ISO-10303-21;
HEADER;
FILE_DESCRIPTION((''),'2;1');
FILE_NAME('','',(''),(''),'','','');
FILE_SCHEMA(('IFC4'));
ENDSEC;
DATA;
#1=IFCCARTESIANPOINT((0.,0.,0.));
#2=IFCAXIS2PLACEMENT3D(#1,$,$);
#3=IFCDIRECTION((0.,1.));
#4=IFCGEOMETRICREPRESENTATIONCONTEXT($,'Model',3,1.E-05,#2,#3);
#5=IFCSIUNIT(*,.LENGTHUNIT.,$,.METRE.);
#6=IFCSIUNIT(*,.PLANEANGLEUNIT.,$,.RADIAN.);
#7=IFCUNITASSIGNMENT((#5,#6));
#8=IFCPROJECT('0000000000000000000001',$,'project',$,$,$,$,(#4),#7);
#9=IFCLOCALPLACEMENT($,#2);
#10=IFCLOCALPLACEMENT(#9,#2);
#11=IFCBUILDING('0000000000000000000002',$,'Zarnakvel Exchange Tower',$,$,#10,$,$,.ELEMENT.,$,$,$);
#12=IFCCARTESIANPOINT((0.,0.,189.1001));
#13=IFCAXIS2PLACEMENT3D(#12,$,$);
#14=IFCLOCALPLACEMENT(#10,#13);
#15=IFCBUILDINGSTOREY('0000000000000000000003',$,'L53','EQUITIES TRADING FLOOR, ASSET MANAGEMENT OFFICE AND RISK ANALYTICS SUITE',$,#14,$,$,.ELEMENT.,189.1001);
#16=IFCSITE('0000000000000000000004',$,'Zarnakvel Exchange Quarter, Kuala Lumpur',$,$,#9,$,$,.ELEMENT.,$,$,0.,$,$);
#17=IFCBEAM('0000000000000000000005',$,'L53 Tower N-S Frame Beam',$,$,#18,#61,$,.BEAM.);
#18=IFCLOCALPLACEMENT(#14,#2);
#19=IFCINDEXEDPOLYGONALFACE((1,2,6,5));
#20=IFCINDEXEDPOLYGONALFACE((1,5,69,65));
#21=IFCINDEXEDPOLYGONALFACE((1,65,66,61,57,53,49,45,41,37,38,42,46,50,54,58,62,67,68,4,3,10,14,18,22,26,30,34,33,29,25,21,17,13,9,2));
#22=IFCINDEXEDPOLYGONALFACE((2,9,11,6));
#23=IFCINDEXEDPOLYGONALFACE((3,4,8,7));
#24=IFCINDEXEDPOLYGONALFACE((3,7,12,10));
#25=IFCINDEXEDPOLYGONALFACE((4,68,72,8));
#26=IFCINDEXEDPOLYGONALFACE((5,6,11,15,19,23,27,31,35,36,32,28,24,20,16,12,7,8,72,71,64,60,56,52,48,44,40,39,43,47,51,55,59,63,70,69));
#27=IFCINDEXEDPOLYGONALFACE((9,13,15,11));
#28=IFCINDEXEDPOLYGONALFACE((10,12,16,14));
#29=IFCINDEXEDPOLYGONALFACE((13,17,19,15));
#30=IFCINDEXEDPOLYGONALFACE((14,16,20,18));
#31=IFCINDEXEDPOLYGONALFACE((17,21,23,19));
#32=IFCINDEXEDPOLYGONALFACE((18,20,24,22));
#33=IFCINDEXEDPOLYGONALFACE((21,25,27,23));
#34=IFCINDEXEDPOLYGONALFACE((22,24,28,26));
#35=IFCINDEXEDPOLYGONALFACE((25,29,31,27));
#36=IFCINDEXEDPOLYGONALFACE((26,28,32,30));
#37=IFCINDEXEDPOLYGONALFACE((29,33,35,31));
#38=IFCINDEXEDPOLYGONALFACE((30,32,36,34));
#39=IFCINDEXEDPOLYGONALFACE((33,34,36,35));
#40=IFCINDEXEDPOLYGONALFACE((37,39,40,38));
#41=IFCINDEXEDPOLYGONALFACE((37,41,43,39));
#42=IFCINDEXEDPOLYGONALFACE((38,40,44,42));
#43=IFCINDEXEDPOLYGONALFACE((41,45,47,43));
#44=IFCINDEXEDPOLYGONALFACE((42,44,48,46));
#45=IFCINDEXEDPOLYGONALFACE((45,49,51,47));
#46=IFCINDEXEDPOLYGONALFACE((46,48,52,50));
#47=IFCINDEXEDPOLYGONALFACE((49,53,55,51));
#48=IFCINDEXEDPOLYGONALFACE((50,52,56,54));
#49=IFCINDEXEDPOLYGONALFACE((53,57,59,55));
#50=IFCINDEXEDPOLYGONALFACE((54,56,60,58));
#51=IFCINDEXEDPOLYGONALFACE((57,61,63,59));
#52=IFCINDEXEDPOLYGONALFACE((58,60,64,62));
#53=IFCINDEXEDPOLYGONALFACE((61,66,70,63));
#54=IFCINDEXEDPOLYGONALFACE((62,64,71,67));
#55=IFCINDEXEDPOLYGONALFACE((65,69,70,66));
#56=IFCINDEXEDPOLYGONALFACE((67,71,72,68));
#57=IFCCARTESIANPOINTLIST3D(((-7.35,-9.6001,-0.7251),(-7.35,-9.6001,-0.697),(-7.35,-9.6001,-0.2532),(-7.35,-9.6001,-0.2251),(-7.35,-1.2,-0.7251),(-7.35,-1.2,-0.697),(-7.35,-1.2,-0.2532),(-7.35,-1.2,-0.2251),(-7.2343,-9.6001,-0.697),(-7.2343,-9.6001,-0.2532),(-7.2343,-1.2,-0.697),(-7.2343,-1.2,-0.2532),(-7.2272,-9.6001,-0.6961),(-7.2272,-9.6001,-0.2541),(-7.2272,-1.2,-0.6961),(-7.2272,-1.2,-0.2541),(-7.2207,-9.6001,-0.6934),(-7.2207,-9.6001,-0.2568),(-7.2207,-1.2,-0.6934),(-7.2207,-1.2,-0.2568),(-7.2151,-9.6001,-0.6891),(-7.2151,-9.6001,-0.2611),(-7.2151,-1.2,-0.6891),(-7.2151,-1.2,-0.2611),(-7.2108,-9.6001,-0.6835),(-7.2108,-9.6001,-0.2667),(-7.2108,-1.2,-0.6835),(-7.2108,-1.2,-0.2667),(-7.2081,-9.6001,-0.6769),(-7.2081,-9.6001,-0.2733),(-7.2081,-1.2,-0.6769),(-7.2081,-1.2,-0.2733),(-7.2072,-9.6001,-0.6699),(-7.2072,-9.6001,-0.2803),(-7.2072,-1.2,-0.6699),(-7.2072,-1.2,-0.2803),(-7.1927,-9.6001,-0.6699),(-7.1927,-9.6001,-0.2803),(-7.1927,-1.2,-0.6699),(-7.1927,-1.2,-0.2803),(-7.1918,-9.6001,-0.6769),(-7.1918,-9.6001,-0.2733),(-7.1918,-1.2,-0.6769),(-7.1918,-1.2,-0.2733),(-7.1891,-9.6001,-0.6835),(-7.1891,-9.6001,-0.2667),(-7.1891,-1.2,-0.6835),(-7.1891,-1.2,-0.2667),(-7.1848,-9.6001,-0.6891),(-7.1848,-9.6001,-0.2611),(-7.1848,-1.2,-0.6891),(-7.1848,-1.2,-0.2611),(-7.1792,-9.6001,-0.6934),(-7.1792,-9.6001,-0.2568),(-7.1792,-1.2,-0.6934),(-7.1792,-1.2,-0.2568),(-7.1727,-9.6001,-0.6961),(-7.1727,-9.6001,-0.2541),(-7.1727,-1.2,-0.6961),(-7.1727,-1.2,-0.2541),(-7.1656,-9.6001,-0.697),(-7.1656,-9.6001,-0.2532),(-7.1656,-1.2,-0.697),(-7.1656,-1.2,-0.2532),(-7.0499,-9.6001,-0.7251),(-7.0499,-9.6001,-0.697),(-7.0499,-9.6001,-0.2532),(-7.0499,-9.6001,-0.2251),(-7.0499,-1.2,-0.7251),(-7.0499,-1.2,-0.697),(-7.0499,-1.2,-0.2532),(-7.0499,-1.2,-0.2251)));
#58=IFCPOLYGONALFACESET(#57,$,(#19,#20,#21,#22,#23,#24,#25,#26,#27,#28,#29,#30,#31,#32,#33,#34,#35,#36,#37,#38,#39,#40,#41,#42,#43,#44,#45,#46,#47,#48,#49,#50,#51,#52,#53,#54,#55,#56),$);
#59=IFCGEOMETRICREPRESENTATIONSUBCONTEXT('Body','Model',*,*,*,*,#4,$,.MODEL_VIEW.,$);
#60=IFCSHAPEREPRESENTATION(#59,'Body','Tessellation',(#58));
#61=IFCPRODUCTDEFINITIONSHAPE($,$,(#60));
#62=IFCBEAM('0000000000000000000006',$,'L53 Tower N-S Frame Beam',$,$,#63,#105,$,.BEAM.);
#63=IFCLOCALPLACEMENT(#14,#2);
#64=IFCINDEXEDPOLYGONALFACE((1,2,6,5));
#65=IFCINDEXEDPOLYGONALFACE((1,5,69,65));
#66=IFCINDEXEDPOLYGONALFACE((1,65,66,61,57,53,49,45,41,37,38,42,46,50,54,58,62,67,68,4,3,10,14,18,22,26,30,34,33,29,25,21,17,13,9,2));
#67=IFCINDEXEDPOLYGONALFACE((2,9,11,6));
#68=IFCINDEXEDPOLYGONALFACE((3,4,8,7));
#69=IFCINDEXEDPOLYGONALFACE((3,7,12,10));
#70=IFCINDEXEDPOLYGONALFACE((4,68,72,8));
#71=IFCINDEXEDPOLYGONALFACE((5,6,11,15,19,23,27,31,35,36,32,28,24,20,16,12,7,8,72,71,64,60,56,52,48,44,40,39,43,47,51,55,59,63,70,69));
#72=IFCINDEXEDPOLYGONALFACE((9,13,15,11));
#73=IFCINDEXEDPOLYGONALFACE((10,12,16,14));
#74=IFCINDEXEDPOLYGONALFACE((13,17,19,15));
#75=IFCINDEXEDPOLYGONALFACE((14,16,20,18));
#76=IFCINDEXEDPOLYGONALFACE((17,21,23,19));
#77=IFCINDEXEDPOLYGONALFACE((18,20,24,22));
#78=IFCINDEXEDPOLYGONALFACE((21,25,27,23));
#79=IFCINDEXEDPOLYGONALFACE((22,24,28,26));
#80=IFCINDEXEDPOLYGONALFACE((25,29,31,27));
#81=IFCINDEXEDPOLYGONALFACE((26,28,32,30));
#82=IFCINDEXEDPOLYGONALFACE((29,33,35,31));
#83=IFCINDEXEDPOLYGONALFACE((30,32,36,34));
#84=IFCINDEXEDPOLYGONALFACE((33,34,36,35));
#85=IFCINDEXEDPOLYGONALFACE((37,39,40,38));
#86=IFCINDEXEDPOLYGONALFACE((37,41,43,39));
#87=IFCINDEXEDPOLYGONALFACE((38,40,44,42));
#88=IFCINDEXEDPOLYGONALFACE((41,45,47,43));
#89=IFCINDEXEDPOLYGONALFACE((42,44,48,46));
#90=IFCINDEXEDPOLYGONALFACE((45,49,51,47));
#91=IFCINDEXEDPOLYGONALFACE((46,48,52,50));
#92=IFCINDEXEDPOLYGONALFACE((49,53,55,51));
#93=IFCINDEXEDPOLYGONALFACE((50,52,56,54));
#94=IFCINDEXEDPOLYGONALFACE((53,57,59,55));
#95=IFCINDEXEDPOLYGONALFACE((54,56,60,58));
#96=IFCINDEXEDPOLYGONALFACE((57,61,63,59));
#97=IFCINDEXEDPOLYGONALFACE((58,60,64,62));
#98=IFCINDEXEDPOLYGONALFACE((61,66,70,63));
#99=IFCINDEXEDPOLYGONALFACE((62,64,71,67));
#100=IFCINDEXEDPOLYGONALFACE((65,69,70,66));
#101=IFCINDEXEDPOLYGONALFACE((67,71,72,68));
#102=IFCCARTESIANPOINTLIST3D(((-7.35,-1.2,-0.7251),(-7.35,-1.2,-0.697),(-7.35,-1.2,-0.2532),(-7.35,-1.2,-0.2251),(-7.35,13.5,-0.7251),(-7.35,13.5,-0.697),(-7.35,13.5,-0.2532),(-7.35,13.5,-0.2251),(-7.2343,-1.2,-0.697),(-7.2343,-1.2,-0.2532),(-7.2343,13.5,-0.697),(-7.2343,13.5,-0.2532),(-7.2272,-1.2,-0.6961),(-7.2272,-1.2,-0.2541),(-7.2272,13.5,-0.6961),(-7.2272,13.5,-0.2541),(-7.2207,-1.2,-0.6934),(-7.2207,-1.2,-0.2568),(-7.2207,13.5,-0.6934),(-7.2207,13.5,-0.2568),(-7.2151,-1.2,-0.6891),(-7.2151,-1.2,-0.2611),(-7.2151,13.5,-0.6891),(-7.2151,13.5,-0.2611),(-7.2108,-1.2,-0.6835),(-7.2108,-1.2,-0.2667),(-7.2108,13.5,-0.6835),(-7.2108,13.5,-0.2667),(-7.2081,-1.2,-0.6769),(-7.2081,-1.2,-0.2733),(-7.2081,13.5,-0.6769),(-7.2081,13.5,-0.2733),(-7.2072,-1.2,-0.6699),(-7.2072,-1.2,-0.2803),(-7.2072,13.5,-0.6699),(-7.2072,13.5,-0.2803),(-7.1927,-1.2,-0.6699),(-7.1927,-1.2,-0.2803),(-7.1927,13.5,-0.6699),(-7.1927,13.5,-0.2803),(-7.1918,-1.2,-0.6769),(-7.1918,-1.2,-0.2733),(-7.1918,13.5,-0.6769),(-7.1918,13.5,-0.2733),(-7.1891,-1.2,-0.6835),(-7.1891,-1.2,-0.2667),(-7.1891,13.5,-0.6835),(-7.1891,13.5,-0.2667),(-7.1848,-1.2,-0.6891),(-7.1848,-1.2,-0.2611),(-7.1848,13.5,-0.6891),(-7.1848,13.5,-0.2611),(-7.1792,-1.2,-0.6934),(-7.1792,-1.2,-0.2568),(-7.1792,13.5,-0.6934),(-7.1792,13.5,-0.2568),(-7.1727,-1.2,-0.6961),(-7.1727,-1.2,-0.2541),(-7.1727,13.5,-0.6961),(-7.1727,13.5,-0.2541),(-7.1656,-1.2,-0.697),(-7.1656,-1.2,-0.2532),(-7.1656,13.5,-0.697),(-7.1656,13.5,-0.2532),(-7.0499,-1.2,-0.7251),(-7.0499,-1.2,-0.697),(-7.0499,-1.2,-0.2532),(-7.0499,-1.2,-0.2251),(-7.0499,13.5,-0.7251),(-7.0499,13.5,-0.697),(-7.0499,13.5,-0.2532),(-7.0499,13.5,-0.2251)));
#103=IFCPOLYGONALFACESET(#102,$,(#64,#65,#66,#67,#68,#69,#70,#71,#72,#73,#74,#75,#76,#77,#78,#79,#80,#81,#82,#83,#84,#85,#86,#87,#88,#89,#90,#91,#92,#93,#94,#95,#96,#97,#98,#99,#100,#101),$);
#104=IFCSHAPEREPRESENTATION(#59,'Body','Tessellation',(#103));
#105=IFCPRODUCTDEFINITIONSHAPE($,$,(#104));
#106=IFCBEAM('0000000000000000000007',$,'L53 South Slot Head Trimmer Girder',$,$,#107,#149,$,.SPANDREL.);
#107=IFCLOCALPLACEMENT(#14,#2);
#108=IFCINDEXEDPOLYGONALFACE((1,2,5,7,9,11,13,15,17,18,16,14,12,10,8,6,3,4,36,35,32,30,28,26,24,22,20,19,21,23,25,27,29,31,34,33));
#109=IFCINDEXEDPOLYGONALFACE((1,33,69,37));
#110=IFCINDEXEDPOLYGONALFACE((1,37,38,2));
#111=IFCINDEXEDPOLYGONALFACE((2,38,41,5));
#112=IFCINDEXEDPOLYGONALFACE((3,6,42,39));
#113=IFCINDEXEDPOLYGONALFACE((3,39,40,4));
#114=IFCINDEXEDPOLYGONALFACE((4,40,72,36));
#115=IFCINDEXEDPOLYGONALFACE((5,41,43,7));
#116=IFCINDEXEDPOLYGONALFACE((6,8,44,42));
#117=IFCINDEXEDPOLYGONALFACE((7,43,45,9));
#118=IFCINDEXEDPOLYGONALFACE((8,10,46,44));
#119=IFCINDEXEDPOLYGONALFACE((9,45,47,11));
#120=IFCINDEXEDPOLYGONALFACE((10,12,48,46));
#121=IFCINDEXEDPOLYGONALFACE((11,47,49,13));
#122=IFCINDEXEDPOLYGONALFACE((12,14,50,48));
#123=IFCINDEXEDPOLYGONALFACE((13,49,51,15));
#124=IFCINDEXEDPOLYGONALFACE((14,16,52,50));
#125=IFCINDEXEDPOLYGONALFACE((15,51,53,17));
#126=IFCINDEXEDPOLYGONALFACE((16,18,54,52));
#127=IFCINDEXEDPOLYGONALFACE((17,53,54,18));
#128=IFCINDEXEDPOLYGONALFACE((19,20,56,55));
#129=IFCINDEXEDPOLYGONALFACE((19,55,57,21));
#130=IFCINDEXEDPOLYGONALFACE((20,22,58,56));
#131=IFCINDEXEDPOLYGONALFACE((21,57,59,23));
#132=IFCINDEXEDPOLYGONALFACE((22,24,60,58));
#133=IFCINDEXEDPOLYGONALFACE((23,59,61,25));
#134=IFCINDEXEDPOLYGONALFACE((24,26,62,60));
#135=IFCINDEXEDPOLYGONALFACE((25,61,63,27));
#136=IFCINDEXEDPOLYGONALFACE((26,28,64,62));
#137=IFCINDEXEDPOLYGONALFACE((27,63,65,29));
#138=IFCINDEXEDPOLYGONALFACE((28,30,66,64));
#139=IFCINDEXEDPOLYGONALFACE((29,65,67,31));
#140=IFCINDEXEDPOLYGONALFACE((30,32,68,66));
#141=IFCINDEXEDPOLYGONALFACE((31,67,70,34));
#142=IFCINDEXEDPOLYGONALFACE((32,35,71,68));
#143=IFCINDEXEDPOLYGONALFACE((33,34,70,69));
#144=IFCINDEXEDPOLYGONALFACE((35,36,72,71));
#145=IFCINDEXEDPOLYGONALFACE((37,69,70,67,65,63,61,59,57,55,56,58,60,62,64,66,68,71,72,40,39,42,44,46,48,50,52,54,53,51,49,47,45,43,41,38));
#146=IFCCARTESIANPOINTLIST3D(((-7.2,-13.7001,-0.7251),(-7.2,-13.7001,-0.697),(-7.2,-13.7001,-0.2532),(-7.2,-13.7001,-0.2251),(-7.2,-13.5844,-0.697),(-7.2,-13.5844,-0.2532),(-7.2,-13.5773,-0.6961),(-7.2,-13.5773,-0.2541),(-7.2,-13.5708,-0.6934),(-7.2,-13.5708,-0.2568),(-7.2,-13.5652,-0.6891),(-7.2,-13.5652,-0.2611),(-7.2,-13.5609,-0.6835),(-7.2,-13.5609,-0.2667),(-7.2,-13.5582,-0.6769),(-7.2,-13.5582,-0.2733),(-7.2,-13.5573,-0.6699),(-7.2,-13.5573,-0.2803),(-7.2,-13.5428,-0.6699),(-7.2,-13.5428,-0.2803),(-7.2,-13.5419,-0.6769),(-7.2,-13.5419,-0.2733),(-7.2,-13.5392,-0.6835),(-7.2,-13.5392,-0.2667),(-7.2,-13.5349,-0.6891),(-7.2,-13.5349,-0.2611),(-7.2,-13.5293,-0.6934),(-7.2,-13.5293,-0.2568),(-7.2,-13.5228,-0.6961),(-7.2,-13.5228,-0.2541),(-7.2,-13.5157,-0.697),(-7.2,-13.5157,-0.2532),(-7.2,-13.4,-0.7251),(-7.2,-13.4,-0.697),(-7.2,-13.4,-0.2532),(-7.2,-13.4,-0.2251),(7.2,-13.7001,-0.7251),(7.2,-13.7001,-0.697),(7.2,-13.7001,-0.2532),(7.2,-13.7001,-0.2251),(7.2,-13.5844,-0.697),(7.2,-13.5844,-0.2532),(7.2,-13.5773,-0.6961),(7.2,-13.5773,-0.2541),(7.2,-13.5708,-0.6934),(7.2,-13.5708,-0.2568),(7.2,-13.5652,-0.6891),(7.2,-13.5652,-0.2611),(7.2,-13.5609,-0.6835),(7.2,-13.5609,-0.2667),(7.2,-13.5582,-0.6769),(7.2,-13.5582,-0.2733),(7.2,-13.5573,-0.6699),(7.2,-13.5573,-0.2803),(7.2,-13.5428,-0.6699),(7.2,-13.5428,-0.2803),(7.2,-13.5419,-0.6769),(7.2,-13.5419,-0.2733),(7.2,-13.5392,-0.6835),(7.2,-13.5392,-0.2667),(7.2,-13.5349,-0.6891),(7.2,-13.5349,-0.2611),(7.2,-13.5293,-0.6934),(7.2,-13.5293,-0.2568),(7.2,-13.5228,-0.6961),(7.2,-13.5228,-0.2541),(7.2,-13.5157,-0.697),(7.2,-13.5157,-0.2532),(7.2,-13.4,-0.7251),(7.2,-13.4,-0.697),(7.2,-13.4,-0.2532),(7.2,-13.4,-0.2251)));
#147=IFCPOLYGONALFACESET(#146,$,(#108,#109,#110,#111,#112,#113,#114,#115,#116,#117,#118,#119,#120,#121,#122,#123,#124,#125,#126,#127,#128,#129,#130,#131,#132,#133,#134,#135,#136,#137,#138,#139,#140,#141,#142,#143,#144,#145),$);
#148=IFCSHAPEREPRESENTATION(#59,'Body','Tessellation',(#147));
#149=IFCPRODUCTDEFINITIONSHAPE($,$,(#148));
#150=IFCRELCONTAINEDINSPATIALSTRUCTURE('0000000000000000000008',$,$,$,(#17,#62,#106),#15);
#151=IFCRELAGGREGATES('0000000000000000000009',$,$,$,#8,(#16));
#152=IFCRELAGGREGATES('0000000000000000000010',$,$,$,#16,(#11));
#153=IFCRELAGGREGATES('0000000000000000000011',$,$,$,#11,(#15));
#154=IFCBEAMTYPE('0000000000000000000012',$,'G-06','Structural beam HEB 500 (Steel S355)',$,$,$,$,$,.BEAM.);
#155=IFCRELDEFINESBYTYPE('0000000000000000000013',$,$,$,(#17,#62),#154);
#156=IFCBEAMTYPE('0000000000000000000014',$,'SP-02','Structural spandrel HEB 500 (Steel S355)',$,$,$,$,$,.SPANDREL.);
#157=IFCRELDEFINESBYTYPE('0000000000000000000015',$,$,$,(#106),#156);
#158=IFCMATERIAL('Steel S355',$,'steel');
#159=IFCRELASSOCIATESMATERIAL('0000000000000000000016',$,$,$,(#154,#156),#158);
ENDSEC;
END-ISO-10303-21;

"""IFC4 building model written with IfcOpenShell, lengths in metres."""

from ifc_helpers import new_model, si_unit, direction, frame, origin, origin_2d, place, context, subcontext, project, spatial, i_section, extrude, material, material_profile, profile_set, type_object, element, save


model = new_model("IFC4")

# Units and contexts
model_context = context("Model", 3, precision=1e-05, world=origin(), true_north=direction((0.0, 1.0)))
body_context = subcontext(model_context, "Body", "Model", "MODEL_VIEW")
ifc_project = project(units=[si_unit("LENGTHUNIT", "METRE"), si_unit("PLANEANGLEUNIT", "RADIAN")], contexts=[model_context])

# Site, building, storey
site_placement = place(None, origin())
site = spatial("IfcSite", under=ifc_project, at=site_placement, Name="Zarnakvel Exchange Quarter, Kuala Lumpur", CompositionType="ELEMENT", RefElevation=0.0)
building_placement = place(site_placement, origin())
building = spatial("IfcBuilding", under=site, at=building_placement, Name="Zarnakvel Exchange Tower", CompositionType="ELEMENT")
storey_placement = place(building_placement, frame((0.0, 0.0, 189.1001)))
storey = spatial("IfcBuildingStorey", under=building, at=storey_placement, Name="L53", Description="EQUITIES TRADING FLOOR, ASSET MANAGEMENT OFFICE AND RISK ANALYTICS SUITE", CompositionType="ELEMENT", Elevation=189.1001)

# Beams
ifc_material_1 = material(Name="Steel S355", Category="steel")
ifc_material_profile_1 = material_profile(ifc_material_1, i_section(OverallWidth=0.3, OverallDepth=0.5, WebThickness=0.0144, FlangeThickness=0.0281, FilletRadius=0.0271, at=origin_2d()))
ifc_profile_set_1 = profile_set([ifc_material_profile_1], Name="Steel S355")
beam_type_1 = type_object("IfcBeamType", Name="G-06", Description="Structural beam HEB 500 (Steel S355)", PredefinedType="BEAM", material=ifc_profile_set_1)
beam_1_placement = place(storey_placement, frame((-7.2, -9.6001, -0.4751), z_axis=(0.0, 1.0, 0.0), x_axis=(-1.0, 0.0, 0.0)))
element("IfcBeam", 1, at=beam_1_placement, inside=storey, type_object=beam_type_1, Name="L53 Tower N-S Frame Beam", PredefinedType="BEAM", context=body_context, shape_type="SweptSolid", body=[
    extrude(i_section(OverallWidth=0.3, OverallDepth=0.5, WebThickness=0.0144, FlangeThickness=0.0281, FilletRadius=0.0271, at=origin_2d()), origin(), (0.0, 0.0, 1.0), 8.4001),
])
beam_2_placement = place(storey_placement, frame((-7.2, -1.2, -0.4751), z_axis=(0.0, 1.0, 0.0), x_axis=(-1.0, 0.0, 0.0)))
element("IfcBeam", 2, at=beam_2_placement, inside=storey, type_object=beam_type_1, Name="L53 Tower N-S Frame Beam", PredefinedType="BEAM", context=body_context, shape_type="SweptSolid", body=[
    extrude(i_section(OverallWidth=0.3, OverallDepth=0.5, WebThickness=0.0144, FlangeThickness=0.0281, FilletRadius=0.0271, at=origin_2d()), origin(), (0.0, 0.0, 1.0), 14.7),
])
ifc_material_profile_2 = material_profile(ifc_material_1, i_section(OverallWidth=0.3, OverallDepth=0.5, WebThickness=0.0144, FlangeThickness=0.0281, FilletRadius=0.0271, at=origin_2d()))
ifc_profile_set_2 = profile_set([ifc_material_profile_2], Name="Steel S355")
beam_type_2 = type_object("IfcBeamType", Name="SP-02", Description="Structural spandrel HEB 500 (Steel S355)", PredefinedType="SPANDREL", material=ifc_profile_set_2)
beam_3_placement = place(storey_placement, frame((-7.2, -13.55, -0.4751), z_axis=(1.0, 0.0, 0.0), x_axis=(0.0, 1.0, 0.0)))
element("IfcBeam", 3, at=beam_3_placement, inside=storey, type_object=beam_type_2, Name="L53 South Slot Head Trimmer Girder", PredefinedType="SPANDREL", context=body_context, shape_type="SweptSolid", body=[
    extrude(i_section(OverallWidth=0.3, OverallDepth=0.5, WebThickness=0.0144, FlangeThickness=0.0281, FilletRadius=0.0271, at=origin_2d()), origin(), (0.0, 0.0, 1.0), 14.3999),
])

save(model, "model.ifc")
